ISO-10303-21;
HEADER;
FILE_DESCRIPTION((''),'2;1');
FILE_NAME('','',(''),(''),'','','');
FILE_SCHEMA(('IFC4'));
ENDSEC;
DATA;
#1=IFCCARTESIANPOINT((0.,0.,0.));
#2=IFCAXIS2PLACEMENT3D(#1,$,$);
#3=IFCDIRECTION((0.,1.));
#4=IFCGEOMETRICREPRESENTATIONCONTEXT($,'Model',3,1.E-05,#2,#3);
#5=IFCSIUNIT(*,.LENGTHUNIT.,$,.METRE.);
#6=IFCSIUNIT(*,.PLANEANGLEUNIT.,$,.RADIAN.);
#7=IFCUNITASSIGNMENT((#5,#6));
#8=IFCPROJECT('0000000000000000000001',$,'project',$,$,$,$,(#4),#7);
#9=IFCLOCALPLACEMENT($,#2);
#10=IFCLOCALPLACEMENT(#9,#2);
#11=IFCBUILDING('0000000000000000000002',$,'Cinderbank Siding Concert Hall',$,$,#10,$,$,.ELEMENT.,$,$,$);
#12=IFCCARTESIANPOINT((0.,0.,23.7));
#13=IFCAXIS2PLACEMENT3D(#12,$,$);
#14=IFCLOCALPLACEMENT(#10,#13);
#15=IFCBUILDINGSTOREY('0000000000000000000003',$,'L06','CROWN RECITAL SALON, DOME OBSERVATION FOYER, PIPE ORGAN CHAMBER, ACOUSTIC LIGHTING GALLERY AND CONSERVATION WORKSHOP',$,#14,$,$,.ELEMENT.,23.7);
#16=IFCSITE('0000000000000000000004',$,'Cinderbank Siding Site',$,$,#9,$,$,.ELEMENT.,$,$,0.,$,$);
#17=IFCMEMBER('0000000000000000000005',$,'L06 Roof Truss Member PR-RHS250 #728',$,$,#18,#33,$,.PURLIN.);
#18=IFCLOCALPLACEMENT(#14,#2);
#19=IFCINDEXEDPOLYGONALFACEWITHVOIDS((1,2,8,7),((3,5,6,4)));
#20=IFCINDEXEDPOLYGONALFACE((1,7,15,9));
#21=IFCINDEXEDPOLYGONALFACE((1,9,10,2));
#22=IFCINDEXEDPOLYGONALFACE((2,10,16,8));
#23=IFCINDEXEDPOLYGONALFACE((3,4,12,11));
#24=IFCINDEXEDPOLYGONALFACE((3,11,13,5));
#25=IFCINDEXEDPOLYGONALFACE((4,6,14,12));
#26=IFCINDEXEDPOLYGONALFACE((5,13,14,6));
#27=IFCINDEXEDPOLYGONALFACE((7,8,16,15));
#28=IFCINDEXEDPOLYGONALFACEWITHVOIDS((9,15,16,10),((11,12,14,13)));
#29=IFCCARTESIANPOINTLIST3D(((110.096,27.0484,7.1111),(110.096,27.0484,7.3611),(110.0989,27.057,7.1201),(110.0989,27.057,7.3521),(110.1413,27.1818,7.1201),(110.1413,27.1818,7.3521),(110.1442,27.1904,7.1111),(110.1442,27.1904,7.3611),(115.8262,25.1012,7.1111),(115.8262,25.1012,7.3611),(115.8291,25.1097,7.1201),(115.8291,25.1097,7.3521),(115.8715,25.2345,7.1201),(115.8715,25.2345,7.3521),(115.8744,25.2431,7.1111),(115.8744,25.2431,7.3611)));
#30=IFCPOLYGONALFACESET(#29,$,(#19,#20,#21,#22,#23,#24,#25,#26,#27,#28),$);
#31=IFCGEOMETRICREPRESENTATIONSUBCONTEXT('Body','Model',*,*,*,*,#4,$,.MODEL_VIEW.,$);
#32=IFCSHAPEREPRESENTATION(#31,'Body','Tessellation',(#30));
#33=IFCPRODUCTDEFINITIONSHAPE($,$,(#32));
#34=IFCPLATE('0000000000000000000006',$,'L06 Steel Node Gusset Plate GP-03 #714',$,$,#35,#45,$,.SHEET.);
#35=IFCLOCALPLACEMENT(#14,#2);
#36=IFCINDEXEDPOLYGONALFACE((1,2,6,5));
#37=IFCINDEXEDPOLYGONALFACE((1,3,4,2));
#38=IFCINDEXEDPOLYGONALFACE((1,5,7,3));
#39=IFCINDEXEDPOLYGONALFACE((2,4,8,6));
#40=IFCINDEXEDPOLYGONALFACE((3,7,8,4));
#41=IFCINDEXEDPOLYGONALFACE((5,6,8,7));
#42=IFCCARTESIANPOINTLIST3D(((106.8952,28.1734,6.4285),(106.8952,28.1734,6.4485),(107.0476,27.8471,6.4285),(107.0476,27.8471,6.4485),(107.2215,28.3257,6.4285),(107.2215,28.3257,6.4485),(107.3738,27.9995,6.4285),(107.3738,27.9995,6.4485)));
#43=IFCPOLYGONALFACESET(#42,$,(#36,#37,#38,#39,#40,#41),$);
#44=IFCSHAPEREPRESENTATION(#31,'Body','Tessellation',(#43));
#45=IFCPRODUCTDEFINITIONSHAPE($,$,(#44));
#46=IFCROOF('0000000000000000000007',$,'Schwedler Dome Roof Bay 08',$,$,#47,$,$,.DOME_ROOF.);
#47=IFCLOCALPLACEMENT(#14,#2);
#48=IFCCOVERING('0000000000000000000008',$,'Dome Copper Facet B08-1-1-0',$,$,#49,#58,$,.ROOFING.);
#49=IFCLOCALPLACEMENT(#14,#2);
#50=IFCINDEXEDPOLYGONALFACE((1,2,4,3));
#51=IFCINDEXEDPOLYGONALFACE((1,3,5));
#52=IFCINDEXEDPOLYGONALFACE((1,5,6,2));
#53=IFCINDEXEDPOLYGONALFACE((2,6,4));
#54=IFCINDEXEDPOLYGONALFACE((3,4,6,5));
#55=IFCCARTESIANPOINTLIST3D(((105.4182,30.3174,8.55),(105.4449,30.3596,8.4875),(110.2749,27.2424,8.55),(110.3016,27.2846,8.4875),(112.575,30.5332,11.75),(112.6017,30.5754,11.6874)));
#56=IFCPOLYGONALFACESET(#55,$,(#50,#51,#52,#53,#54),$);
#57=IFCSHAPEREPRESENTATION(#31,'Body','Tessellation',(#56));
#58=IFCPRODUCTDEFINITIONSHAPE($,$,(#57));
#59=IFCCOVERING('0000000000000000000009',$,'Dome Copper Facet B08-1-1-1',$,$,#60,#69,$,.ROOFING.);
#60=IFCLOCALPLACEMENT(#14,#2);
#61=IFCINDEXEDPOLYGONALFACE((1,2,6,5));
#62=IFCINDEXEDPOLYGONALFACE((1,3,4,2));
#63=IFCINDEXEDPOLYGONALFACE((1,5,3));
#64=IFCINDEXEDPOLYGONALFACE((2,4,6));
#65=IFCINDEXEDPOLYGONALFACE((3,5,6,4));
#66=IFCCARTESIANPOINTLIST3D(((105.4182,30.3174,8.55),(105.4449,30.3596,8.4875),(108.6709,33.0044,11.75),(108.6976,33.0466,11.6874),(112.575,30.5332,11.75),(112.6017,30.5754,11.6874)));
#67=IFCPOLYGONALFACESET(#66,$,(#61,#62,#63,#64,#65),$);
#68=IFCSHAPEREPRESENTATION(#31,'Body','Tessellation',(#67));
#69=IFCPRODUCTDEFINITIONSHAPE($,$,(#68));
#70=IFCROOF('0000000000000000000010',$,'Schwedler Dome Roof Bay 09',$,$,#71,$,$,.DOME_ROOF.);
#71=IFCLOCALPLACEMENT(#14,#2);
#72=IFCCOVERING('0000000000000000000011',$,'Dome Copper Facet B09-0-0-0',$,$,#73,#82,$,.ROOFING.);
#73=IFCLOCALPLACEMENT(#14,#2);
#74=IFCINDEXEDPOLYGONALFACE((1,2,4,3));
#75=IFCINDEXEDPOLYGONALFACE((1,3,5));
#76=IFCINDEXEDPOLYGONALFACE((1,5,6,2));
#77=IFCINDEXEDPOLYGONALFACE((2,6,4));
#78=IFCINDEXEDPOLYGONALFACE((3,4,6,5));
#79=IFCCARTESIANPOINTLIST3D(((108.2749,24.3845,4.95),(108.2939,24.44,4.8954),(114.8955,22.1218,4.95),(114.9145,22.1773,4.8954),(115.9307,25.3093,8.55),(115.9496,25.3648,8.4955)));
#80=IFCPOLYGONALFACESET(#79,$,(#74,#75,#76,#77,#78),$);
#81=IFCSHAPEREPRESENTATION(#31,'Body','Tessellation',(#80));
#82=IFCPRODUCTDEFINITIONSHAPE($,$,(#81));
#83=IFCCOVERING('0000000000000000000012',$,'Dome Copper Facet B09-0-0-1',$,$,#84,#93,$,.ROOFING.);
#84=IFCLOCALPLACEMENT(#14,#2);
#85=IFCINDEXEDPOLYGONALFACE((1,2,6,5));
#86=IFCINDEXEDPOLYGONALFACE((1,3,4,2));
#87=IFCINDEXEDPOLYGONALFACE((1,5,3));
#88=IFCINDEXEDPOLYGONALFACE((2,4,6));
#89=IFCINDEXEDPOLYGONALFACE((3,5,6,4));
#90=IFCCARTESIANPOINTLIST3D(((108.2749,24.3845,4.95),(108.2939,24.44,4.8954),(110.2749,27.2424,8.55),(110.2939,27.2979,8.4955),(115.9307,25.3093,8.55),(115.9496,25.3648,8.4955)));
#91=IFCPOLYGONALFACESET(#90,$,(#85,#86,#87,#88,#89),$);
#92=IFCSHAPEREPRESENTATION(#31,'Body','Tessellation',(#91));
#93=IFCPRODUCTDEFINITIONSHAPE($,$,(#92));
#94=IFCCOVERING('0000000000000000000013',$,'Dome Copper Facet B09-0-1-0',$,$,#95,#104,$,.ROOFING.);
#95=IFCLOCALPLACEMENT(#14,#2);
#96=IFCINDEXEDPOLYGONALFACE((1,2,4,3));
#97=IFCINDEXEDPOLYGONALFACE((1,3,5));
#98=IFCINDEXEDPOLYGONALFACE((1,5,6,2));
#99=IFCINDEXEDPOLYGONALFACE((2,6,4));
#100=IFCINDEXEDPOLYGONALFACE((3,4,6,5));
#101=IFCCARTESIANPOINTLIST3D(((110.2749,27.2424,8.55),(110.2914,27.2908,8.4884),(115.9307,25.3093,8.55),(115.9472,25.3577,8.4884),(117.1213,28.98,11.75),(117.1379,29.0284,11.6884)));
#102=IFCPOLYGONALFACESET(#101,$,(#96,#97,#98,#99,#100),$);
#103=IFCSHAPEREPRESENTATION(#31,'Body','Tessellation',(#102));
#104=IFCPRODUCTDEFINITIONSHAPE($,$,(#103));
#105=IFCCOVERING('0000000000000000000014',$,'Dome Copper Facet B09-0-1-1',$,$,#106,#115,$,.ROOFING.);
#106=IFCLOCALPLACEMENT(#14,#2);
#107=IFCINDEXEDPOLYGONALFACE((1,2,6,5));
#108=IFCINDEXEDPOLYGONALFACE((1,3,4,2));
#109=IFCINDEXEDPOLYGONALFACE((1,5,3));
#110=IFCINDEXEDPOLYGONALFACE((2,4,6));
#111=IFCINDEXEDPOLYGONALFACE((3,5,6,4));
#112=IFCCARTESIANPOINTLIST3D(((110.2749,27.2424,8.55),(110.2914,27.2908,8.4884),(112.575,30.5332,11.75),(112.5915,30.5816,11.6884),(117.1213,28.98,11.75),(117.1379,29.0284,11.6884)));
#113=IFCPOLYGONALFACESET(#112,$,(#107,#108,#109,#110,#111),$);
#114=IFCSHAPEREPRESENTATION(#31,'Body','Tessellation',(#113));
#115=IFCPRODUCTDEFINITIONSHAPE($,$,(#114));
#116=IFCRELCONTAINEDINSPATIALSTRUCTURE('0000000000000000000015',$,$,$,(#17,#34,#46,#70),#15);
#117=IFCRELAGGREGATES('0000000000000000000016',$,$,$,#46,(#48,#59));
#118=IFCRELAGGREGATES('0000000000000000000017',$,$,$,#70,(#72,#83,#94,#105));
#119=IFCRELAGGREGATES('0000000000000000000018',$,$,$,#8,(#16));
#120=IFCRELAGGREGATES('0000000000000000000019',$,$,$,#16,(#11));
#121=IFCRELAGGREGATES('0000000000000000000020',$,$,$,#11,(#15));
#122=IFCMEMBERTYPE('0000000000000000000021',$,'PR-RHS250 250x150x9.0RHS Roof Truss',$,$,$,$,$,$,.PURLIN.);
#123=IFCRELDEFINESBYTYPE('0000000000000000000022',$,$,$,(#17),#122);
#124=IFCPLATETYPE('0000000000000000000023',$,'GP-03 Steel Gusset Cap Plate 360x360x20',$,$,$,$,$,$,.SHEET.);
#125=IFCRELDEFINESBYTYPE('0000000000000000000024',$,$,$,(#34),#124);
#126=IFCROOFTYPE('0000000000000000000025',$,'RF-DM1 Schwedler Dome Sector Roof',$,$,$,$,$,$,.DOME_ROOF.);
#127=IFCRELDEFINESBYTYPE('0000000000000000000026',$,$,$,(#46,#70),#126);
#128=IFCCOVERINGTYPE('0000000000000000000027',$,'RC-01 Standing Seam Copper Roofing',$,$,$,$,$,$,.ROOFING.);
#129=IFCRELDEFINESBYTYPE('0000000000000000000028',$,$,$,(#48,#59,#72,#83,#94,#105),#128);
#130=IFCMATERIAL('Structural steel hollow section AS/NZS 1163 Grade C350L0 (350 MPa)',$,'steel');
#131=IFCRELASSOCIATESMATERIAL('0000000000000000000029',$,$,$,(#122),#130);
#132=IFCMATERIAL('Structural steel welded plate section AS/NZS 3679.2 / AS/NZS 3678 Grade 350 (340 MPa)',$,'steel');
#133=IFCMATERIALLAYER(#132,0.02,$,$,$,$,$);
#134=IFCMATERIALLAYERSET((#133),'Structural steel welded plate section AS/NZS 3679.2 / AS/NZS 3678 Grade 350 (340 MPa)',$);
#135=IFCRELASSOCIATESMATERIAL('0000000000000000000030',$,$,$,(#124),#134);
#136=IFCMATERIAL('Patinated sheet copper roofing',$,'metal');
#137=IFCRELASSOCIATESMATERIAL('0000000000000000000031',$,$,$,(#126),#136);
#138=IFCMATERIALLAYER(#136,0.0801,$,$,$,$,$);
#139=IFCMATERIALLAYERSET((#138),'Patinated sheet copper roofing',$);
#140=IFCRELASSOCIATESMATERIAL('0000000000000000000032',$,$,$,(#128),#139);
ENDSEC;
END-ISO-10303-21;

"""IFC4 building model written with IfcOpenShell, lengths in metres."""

from ifc_helpers import new_model, si_unit, direction, frame, origin, origin_2d, place, context, subcontext, project, spatial, polyline, rectangle, hollow_rectangle, outline, extrude, material, layer, layer_set, material_profile, profile_set, type_object, element, aggregate, save


model = new_model("IFC4")

# Units and contexts
model_context = context("Model", 3, precision=1e-05, world=origin(), true_north=direction((0.0, 1.0)))
body_context = subcontext(model_context, "Body", "Model", "MODEL_VIEW")
ifc_project = project(units=[si_unit("LENGTHUNIT", "METRE"), si_unit("PLANEANGLEUNIT", "RADIAN")], contexts=[model_context])

# Site, building, storey
site_placement = place(None, origin())
site = spatial("IfcSite", under=ifc_project, at=site_placement, Name="Cinderbank Siding Site", CompositionType="ELEMENT", RefElevation=0.0)
building_placement = place(site_placement, origin())
building = spatial("IfcBuilding", under=site, at=building_placement, Name="Cinderbank Siding Concert Hall", CompositionType="ELEMENT")
storey_placement = place(building_placement, frame((0.0, 0.0, 23.7)))
storey = spatial("IfcBuildingStorey", under=building, at=storey_placement, Name="L06", Description="CROWN RECITAL SALON, DOME OBSERVATION FOYER, PIPE ORGAN CHAMBER, ACOUSTIC LIGHTING GALLERY AND CONSERVATION WORKSHOP", CompositionType="ELEMENT", Elevation=23.7)

# Shared definitions
ifc_material_1 = material(Name="Structural steel welded plate section AS/NZS 3679.2 / AS/NZS 3678 Grade 350 (340 MPa)", Category="steel")

# Member
ifc_material_2 = material(Name="Structural steel hollow section AS/NZS 1163 Grade C350L0 (350 MPa)", Category="steel")
ifc_material_profile_1 = material_profile(ifc_material_2, hollow_rectangle(XDim=0.1499, YDim=0.25, WallThickness=0.009, at=origin_2d()), Name="250x150x9.0RHS", Category="LoadBearing")
ifc_profile_set_1 = profile_set([ifc_material_profile_1], Name="Structural steel hollow section AS/NZS 1163 Grade C350L0 (350 MPa)")
member_type_1 = type_object("IfcMemberType", Name="PR-RHS250 250x150x9.0RHS Roof Truss", PredefinedType="PURLIN", material=ifc_profile_set_1)
member_1_placement = place(storey_placement, frame((110.1201, 27.1194, 7.2361), z_axis=(0.946824, -0.321753, 0.0), x_axis=(0.321753, 0.946824, 0.0)))
element("IfcMember", 1, at=member_1_placement, inside=storey, type_object=member_type_1, Name="L06 Roof Truss Member PR-RHS250 #728", PredefinedType="PURLIN", context=body_context, shape_type="SweptSolid", body=[
    extrude(hollow_rectangle(XDim=0.1499, YDim=0.25, WallThickness=0.009, at=origin_2d()), origin(), (0.0, 0.0, 1.0), 6.052),
])

# Plate
ifc_layer_1 = layer(ifc_material_1, 0.02)
ifc_layer_set_1 = layer_set([ifc_layer_1], Name="Structural steel welded plate section AS/NZS 3679.2 / AS/NZS 3678 Grade 350 (340 MPa)")
plate_type = type_object("IfcPlateType", Name="GP-03 Steel Gusset Cap Plate 360x360x20", PredefinedType="SHEET", material=ifc_layer_set_1)
plate_placement = place(storey_placement, frame((107.1345, 28.0864, 6.4285), z_axis=(0.0, 0.0, 1.0), x_axis=(-0.423093, 0.906086, 0.0)))
element("IfcPlate", 2, at=plate_placement, inside=storey, type_object=plate_type, Name="L06 Steel Node Gusset Plate GP-03 #714", PredefinedType="SHEET", context=body_context, shape_type="SweptSolid", body=[
    extrude(rectangle(XDim=0.3601, YDim=0.3601, at=origin_2d()), origin(), (0.0, 0.0, 1.0), 0.02),
])

# Roofs, coverings
ifc_material_3 = material(Name="Patinated sheet copper roofing", Category="metal")
roof_type = type_object("IfcRoofType", Name="RF-DM1 Schwedler Dome Sector Roof", PredefinedType="DOME_ROOF", material=ifc_material_3)
roof_1_placement = place(storey_placement, origin())
roof_1 = element("IfcRoof", 3, at=roof_1_placement, inside=storey, type_object=roof_type, Name="Schwedler Dome Roof Bay 08", PredefinedType="DOME_ROOF")
ifc_layer_2 = layer(ifc_material_3, 0.0801)
ifc_layer_set_2 = layer_set([ifc_layer_2], Name="Patinated sheet copper roofing")
covering_type = type_object("IfcCoveringType", Name="RC-01 Standing Seam Copper Roofing", PredefinedType="ROOFING", material=ifc_layer_set_2)
covering_1_placement = place(storey_placement, frame((105.4182, 30.3174, 8.55), z_axis=(-0.333622, -0.526934, 0.781689), x_axis=(0.844894, -0.534934, 0.0)))
covering_1 = element("IfcCovering", 4, at=covering_1_placement, type_object=covering_type, Name="Dome Copper Facet B08-1-1-0", PredefinedType="ROOFING", context=body_context, shape_type="SweptSolid", body=[
    extrude(outline(polyline([(0.0, 0.0), (5.7483, 0.0), (5.9312, 5.1308), (0.0, 0.0)])), origin(), (0.0, 0.0, -1.0), 0.0801),
])
covering_2_placement = place(storey_placement, frame((105.4182, 30.3174, 8.55), z_axis=(-0.333596, -0.527024, 0.781638), x_axis=(0.912556, 0.027519, 0.408026)))
covering_2 = element("IfcCovering", 5, at=covering_2_placement, type_object=covering_type, Name="Dome Copper Facet B08-1-1-1", PredefinedType="ROOFING", context=body_context, shape_type="SweptSolid", body=[
    extrude(outline(polyline([(0.0, 0.0), (7.8425, 0.0), (4.3479, 3.0225), (0.0, 0.0)])), origin(), (0.0, 0.0, -1.0), 0.0801),
])
aggregate(roof_1, [covering_1, covering_2])
roof_2_placement = place(storey_placement, origin())
roof_2 = element("IfcRoof", 6, at=roof_2_placement, inside=storey, type_object=roof_type, Name="Schwedler Dome Roof Bay 09", PredefinedType="DOME_ROOF")
covering_3_placement = place(storey_placement, frame((108.2749, 24.3845, 4.95), z_axis=(-0.236722, -0.692644, 0.681328), x_axis=(0.946262, -0.3234, 0.0)))
covering_3 = element("IfcCovering", 7, at=covering_3_placement, type_object=covering_type, Name="Dome Copper Facet B09-0-0-0", PredefinedType="ROOFING", context=body_context, shape_type="SweptSolid", body=[
    extrude(outline(polyline([(0.0, 0.0), (6.9966, 0.0), (6.9453, 4.9183), (0.0, 0.0)])), origin(), (0.0, 0.0, -1.0), 0.0801),
])
covering_4_placement = place(storey_placement, frame((108.2749, 24.3845, 4.95), z_axis=(-0.236734, -0.692621, 0.681347), x_axis=(0.899579, 0.108668, 0.423024)))
covering_4 = element("IfcCovering", 8, at=covering_4_placement, type_object=covering_type, Name="Dome Copper Facet B09-0-0-1", PredefinedType="ROOFING", context=body_context, shape_type="SweptSolid", body=[
    extrude(outline(polyline([(0.0, 0.0), (8.5104, 0.0), (3.6326, 3.4543), (0.0, 0.0)])), origin(), (0.0, 0.0, -1.0), 0.0801),
])
covering_5_placement = place(storey_placement, frame((110.2749, 27.2424, 8.55), z_axis=(-0.206463, -0.604056, 0.769734), x_axis=(0.946254, -0.323424, 0.0)))
covering_5 = element("IfcCovering", 9, at=covering_5_placement, type_object=covering_type, Name="Dome Copper Facet B09-0-1-0", PredefinedType="ROOFING", context=body_context, shape_type="SweptSolid", body=[
    extrude(outline(polyline([(0.0, 0.0), (5.977, 0.0), (5.9165, 5.0127), (0.0, 0.0)])), origin(), (0.0, 0.0, -1.0), 0.0801),
])
covering_6_placement = place(storey_placement, frame((110.2749, 27.2424, 8.55), z_axis=(-0.206405, -0.604161, 0.769667), x_axis=(0.882897, 0.224069, 0.412657)))
covering_6 = element("IfcCovering", 10, at=covering_6_placement, type_object=covering_type, Name="Dome Copper Facet B09-0-1-1", PredefinedType="ROOFING", context=body_context, shape_type="SweptSolid", body=[
    extrude(outline(polyline([(0.0, 0.0), (7.7545, 0.0), (4.0885, 3.1053), (0.0, 0.0)])), origin(), (0.0, 0.0, -1.0), 0.0801),
])
aggregate(roof_2, [covering_3, covering_4, covering_5, covering_6])

save(model, "model.ifc")
